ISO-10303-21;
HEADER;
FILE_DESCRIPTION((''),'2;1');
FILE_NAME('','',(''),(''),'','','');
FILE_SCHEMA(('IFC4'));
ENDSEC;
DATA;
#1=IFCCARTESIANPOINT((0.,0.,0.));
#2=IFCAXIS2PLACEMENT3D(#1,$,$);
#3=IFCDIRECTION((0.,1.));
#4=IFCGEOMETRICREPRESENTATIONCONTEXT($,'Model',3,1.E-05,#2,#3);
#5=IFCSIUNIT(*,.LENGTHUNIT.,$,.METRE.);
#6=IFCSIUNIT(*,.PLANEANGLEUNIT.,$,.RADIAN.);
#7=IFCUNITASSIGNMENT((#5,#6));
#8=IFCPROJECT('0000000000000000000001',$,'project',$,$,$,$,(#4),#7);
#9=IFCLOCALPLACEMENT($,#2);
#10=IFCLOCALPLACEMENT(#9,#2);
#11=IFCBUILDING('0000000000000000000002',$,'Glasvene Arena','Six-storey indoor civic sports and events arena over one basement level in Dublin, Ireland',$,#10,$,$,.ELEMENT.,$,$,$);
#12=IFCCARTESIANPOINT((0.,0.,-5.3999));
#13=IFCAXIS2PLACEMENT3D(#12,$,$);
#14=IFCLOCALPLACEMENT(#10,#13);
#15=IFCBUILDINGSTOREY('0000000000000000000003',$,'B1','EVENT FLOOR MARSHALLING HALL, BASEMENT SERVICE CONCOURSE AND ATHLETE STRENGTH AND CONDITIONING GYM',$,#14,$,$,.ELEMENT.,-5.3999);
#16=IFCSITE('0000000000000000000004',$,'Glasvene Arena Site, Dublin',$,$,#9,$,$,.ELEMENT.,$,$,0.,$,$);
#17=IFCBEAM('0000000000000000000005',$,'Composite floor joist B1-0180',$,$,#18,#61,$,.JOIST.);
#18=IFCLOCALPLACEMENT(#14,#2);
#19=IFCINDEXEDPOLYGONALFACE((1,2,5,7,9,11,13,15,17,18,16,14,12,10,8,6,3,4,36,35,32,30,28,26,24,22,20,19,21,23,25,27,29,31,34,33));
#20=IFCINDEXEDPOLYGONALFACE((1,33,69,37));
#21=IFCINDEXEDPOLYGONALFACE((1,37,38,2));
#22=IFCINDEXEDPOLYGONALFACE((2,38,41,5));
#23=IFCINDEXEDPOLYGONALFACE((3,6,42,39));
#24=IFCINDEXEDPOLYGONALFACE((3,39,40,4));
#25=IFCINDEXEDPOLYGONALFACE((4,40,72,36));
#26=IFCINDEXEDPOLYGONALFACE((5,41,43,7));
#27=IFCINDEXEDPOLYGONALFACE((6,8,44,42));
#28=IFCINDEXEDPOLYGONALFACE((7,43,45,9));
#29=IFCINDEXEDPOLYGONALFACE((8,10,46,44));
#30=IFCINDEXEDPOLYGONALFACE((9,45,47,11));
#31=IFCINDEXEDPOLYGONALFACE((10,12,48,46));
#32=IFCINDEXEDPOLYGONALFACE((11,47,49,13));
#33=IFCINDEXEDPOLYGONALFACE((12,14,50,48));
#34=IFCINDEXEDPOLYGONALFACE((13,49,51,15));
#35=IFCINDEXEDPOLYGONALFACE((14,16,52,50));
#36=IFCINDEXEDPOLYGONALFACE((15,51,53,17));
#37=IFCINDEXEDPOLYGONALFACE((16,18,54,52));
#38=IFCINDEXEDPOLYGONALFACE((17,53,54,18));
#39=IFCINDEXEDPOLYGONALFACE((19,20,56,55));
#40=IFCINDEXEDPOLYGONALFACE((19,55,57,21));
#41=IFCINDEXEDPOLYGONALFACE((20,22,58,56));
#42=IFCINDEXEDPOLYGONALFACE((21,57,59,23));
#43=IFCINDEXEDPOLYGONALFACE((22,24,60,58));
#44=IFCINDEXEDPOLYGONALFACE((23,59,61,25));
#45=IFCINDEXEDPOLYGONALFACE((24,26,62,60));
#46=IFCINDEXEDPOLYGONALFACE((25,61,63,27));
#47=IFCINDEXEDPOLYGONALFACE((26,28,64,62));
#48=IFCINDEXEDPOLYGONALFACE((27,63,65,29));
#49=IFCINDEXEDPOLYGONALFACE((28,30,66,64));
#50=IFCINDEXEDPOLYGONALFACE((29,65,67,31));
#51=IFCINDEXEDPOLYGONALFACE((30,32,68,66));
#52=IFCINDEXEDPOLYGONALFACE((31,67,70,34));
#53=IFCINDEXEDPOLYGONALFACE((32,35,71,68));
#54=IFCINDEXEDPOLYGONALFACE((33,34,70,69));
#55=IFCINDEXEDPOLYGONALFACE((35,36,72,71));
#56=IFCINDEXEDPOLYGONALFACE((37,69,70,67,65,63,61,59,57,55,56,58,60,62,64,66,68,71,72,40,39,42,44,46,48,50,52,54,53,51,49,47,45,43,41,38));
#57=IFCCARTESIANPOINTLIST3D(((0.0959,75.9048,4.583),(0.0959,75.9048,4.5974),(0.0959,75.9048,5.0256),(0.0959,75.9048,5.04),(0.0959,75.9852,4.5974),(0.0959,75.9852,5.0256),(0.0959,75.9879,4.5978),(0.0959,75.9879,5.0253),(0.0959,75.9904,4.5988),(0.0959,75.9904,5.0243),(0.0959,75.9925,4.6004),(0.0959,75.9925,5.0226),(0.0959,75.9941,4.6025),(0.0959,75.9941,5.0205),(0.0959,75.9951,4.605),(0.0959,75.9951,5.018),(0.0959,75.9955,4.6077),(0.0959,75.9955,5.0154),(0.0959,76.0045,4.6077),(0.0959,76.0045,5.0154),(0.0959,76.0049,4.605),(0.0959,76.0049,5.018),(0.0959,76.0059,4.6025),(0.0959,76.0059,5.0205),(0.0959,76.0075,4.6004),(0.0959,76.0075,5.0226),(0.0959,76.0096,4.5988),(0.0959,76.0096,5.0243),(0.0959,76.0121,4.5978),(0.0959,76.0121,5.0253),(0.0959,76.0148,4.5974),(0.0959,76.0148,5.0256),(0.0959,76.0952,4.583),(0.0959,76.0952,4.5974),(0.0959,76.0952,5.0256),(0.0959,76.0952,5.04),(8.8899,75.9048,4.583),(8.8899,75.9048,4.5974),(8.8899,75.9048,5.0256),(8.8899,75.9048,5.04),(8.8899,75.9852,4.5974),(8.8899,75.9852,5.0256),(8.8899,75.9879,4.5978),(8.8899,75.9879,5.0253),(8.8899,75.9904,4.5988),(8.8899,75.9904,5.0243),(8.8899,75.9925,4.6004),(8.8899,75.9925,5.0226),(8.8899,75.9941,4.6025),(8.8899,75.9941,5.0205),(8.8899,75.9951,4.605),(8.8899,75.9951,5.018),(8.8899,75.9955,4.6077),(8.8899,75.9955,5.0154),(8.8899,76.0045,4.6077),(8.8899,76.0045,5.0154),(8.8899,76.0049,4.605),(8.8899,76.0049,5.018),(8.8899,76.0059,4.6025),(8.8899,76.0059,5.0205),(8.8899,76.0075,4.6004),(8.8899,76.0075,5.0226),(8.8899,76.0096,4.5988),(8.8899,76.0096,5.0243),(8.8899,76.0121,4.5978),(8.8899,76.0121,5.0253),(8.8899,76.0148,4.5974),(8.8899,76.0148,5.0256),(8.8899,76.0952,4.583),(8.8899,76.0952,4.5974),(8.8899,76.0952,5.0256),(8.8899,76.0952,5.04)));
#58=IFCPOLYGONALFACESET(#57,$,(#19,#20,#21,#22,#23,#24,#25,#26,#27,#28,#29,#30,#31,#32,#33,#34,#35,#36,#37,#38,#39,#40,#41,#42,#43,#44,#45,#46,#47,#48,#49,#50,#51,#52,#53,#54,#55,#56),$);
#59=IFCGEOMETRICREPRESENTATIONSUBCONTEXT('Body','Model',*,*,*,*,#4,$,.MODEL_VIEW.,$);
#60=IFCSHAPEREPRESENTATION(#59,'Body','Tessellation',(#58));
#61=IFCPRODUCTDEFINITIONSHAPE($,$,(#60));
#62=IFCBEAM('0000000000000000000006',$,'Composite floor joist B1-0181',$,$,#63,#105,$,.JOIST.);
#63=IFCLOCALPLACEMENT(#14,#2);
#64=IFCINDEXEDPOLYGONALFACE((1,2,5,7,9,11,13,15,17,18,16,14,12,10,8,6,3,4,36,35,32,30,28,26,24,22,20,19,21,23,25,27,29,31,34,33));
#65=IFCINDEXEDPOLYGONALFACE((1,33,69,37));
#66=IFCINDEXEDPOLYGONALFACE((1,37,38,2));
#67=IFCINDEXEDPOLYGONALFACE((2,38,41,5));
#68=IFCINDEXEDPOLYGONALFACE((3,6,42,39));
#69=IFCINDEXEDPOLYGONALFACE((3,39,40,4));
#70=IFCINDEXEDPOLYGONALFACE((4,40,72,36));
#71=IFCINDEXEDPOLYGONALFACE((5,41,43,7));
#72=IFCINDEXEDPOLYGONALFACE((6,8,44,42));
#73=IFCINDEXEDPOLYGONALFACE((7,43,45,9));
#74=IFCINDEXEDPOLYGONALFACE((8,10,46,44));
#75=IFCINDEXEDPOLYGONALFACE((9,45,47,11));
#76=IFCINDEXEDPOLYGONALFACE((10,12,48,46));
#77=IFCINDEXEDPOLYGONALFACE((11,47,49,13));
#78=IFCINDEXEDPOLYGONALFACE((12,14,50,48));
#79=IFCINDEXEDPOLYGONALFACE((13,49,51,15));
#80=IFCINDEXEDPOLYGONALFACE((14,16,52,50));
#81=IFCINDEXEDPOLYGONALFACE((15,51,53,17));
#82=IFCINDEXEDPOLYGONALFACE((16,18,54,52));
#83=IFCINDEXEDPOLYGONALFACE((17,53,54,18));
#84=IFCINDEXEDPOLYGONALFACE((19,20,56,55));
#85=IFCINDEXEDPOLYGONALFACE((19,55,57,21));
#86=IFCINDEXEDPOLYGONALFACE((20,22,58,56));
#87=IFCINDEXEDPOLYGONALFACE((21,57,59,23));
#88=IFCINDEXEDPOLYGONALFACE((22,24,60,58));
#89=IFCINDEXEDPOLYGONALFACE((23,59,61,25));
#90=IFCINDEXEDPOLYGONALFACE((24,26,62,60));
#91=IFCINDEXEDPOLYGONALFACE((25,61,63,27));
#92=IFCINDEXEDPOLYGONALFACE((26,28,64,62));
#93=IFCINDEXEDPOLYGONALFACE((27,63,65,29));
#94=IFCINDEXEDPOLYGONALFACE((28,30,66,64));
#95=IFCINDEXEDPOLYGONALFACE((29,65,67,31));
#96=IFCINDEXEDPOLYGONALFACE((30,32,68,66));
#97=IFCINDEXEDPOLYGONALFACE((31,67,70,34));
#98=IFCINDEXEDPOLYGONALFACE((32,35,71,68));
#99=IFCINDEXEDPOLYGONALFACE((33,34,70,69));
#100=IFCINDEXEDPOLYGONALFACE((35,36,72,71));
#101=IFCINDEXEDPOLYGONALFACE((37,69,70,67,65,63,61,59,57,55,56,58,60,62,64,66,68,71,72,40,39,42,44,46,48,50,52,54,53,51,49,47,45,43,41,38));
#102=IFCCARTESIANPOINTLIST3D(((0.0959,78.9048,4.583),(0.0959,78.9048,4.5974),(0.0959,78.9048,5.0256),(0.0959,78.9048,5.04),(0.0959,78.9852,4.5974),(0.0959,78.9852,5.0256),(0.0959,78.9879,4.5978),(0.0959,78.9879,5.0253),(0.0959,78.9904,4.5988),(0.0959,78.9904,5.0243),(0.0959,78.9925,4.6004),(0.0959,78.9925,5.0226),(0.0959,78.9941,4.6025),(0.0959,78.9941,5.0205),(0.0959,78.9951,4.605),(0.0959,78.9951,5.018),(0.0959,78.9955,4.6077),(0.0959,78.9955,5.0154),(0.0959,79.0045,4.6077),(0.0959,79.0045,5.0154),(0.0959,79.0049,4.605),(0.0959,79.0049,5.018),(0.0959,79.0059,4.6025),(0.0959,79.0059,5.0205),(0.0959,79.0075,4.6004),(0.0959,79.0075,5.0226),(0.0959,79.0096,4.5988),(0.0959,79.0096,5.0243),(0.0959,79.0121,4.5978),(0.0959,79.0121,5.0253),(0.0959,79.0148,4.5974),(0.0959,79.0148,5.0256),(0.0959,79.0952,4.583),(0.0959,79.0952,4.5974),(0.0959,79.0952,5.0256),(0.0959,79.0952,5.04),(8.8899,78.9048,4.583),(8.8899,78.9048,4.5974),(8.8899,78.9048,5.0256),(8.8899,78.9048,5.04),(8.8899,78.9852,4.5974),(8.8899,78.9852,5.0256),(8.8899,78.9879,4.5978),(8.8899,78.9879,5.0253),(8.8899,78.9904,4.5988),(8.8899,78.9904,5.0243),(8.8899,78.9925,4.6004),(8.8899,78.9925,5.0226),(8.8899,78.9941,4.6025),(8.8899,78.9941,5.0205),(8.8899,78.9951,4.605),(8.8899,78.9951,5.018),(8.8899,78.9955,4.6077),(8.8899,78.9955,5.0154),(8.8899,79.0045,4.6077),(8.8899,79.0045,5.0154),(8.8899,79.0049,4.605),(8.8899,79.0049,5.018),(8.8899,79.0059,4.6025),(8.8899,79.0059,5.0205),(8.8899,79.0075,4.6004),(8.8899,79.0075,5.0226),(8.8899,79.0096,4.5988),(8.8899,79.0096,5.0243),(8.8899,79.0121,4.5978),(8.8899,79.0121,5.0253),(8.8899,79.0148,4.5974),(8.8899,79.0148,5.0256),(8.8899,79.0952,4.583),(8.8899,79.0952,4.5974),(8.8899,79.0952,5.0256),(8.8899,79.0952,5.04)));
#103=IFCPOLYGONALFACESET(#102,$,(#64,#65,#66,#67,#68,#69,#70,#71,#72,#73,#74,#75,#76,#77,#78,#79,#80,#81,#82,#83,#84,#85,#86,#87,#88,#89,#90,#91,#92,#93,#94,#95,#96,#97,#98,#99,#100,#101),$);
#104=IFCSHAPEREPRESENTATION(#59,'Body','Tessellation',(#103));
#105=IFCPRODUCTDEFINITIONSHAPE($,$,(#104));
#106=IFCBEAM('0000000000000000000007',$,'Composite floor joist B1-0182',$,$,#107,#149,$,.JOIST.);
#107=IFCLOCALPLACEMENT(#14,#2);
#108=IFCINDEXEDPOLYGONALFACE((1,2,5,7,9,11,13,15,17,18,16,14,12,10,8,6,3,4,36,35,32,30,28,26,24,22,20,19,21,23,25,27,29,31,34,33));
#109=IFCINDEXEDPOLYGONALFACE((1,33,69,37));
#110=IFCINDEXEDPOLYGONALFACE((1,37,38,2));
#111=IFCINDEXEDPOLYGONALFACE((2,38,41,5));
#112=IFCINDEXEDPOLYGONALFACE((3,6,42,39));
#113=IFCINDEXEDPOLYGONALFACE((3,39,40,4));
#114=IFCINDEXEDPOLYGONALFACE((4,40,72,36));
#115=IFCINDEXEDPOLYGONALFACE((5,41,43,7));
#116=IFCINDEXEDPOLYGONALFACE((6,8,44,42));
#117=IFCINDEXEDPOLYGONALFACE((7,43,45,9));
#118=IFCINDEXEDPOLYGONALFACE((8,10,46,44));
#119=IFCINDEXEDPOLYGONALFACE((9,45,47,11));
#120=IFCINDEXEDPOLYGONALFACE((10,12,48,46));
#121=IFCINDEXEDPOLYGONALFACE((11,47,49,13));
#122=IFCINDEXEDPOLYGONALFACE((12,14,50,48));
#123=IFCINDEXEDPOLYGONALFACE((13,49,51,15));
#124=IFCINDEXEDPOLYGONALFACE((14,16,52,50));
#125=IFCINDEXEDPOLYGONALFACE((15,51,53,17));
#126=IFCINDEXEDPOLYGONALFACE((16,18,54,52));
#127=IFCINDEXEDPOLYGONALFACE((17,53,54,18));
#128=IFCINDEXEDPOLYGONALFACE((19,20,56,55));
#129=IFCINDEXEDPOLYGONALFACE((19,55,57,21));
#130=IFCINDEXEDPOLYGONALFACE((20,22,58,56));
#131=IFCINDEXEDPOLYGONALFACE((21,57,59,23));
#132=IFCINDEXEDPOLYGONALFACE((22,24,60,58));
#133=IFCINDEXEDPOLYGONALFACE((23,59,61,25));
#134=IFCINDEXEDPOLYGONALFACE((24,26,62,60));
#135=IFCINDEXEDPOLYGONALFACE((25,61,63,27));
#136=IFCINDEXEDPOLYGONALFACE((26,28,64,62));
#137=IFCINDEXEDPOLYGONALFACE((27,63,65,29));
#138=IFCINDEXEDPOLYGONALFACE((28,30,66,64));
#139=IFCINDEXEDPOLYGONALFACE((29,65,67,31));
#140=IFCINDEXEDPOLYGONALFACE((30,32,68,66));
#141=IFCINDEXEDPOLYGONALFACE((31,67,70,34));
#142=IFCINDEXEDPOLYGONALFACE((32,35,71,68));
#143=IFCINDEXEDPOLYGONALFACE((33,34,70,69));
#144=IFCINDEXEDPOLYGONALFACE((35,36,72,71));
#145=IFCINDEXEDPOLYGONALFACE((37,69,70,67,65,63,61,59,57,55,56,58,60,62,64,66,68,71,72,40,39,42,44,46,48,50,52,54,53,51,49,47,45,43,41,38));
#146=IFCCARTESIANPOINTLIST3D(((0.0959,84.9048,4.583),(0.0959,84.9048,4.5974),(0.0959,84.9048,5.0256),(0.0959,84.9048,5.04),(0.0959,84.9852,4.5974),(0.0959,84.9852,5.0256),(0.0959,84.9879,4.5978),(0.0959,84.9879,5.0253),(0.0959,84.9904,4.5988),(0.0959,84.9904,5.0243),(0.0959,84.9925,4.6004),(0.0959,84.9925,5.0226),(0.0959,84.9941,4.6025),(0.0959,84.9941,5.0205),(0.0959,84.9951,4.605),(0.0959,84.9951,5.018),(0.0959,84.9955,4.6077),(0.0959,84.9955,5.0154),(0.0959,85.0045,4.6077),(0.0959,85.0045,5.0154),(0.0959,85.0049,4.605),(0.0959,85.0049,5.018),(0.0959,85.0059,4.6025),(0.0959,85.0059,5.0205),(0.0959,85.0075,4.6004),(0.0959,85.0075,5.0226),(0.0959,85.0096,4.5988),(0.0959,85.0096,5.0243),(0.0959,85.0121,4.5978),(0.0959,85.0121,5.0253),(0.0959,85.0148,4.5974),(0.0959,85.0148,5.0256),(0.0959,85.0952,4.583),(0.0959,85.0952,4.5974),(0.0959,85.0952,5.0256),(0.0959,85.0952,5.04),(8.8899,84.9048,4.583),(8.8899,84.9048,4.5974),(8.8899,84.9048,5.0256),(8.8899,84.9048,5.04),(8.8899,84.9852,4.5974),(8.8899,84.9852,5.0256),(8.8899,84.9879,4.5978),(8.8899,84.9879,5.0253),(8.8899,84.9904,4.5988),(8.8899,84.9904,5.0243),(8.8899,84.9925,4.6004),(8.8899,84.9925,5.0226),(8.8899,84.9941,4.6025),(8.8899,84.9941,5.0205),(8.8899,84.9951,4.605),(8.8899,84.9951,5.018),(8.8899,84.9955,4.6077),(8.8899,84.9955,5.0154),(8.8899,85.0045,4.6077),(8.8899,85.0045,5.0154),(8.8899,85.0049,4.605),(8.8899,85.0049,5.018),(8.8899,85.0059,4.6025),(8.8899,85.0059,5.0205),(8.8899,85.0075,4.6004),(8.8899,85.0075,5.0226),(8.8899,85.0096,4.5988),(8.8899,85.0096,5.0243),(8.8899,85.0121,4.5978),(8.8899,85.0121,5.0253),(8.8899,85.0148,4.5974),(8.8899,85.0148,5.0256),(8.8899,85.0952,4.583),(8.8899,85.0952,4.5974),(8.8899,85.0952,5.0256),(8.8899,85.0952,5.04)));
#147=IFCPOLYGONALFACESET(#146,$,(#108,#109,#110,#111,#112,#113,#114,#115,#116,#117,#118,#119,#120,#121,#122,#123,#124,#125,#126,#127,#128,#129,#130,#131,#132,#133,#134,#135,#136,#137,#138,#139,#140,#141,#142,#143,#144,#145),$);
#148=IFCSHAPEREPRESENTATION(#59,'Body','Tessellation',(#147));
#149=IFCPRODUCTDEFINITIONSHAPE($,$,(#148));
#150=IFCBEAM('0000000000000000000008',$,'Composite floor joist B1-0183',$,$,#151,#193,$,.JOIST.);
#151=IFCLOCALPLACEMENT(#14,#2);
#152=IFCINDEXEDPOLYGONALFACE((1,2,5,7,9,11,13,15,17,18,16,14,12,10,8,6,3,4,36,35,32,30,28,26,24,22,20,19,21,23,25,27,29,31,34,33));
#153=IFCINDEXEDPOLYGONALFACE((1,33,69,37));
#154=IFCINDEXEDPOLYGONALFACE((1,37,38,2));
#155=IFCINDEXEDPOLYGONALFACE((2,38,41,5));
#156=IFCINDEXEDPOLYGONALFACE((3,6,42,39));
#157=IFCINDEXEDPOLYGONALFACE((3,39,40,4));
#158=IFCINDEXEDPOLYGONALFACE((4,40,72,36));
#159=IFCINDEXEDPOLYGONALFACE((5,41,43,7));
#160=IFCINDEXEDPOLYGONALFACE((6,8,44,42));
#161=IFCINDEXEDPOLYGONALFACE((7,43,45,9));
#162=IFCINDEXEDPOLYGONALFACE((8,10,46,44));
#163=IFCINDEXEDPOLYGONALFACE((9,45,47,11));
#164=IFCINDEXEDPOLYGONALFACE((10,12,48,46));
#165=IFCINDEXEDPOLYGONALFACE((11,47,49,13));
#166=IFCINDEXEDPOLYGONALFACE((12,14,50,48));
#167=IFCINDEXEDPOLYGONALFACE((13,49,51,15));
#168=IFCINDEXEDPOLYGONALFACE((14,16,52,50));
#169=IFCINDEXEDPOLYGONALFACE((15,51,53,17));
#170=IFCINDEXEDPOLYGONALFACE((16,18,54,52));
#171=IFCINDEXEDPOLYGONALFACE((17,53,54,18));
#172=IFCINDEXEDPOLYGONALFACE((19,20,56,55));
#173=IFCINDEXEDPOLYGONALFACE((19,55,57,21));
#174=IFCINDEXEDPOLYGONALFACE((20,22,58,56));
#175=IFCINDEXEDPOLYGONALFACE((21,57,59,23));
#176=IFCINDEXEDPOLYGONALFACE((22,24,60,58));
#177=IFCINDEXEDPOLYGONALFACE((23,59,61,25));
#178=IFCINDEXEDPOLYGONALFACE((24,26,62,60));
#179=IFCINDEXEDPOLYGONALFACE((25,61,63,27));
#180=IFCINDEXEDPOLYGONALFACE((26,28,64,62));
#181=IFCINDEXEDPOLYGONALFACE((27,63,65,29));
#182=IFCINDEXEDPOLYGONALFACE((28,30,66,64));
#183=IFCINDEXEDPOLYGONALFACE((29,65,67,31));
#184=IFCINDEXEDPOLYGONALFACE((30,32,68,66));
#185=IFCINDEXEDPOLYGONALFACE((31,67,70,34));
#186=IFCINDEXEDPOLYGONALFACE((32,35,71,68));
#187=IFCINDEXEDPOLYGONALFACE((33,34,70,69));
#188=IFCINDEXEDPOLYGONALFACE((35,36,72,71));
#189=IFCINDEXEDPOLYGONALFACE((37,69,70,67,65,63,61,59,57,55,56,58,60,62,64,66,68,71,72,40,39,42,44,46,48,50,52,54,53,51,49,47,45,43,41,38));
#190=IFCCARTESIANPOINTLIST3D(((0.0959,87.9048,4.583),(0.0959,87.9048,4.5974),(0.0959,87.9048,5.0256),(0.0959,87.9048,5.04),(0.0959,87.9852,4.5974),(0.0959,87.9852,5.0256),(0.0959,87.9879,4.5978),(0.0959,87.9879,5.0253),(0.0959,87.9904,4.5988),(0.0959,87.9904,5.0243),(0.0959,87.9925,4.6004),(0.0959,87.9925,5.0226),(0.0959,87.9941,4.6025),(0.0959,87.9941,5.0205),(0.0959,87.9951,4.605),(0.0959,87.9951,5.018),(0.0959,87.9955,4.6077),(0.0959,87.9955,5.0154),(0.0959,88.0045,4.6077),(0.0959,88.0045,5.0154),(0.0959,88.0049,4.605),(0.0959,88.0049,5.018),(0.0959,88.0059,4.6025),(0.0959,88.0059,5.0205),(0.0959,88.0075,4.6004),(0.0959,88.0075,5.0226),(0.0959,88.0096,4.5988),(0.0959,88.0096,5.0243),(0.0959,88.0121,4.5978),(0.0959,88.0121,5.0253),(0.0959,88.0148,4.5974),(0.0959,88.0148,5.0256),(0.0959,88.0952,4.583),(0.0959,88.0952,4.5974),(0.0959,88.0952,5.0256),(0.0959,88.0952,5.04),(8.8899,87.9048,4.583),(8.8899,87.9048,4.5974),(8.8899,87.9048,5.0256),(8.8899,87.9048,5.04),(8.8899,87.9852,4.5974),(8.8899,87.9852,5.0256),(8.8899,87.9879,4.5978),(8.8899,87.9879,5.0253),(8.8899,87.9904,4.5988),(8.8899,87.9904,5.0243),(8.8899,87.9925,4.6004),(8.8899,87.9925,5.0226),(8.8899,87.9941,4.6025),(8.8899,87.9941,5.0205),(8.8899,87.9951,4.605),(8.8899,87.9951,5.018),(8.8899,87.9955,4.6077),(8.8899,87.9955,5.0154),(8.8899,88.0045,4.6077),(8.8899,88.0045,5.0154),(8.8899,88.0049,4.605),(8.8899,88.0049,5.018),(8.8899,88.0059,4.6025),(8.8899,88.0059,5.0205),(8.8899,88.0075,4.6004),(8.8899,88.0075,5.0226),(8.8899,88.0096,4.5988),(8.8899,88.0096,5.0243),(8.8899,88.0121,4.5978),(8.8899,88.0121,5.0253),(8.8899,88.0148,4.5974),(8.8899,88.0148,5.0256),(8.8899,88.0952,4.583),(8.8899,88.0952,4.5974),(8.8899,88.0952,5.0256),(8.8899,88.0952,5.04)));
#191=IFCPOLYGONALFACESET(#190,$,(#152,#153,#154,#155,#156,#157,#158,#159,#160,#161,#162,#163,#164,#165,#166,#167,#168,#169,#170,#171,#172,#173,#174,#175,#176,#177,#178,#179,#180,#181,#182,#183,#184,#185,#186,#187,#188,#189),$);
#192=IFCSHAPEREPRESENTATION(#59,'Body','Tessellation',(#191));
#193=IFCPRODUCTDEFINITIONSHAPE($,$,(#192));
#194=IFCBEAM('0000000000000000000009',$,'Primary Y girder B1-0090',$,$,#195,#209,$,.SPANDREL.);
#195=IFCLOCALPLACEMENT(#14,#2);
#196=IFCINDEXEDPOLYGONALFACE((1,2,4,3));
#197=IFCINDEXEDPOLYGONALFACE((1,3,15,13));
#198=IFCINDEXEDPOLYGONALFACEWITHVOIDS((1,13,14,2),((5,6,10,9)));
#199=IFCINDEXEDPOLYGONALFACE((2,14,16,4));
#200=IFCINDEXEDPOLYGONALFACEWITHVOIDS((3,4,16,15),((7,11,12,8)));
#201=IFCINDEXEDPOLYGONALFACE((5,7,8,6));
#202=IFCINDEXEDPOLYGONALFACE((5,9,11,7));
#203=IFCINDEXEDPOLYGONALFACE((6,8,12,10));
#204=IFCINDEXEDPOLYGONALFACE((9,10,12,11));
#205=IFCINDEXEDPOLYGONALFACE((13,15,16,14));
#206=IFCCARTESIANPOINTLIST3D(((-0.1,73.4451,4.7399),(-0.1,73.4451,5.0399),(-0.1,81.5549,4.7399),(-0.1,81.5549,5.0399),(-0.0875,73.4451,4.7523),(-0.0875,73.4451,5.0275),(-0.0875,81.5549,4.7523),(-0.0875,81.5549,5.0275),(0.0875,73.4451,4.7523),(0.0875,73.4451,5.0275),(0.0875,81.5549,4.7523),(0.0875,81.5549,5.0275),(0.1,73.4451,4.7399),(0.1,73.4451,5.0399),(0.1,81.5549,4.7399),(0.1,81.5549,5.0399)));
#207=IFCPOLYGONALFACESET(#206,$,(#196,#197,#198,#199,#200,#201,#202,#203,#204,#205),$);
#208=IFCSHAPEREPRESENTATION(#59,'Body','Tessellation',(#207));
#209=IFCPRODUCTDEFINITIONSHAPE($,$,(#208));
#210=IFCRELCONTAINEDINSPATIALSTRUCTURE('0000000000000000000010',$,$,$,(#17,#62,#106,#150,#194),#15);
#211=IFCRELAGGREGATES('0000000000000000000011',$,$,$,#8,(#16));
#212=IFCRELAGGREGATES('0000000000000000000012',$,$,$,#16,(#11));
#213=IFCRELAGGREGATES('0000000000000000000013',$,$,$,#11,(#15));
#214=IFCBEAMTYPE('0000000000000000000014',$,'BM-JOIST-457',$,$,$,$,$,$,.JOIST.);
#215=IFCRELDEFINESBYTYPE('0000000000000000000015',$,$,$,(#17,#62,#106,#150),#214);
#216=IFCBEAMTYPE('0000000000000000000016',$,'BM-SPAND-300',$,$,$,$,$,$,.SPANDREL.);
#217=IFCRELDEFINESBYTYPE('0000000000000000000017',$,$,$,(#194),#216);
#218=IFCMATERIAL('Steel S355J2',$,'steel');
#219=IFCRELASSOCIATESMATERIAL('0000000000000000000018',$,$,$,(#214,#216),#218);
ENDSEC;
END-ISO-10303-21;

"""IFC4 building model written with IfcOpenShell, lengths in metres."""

from ifc_helpers import new_model, si_unit, direction, frame, origin, origin_2d, place, context, subcontext, project, spatial, hollow_rectangle, i_section, extrude, material, material_profile, profile_set, type_object, element, save


model = new_model("IFC4")

# Units and contexts
model_context = context("Model", 3, precision=1e-05, world=origin(), true_north=direction((0.0, 1.0)))
body_context = subcontext(model_context, "Body", "Model", "MODEL_VIEW")
ifc_project = project(units=[si_unit("LENGTHUNIT", "METRE"), si_unit("PLANEANGLEUNIT", "RADIAN")], contexts=[model_context])

# Site, building, storey
site_placement = place(None, origin())
site = spatial("IfcSite", under=ifc_project, at=site_placement, Name="Glasvene Arena Site, Dublin", CompositionType="ELEMENT", RefElevation=0.0)
building_placement = place(site_placement, origin())
building = spatial("IfcBuilding", under=site, at=building_placement, Name="Glasvene Arena", Description="Six-storey indoor civic sports and events arena over one basement level in Dublin, Ireland", CompositionType="ELEMENT")
storey_placement = place(building_placement, frame((0.0, 0.0, -5.3999)))
storey = spatial("IfcBuildingStorey", under=building, at=storey_placement, Name="B1", Description="EVENT FLOOR MARSHALLING HALL, BASEMENT SERVICE CONCOURSE AND ATHLETE STRENGTH AND CONDITIONING GYM", CompositionType="ELEMENT", Elevation=-5.3999)

# Beams
ifc_material_1 = material(Name="Steel S355J2", Category="steel")
ifc_material_profile_1 = material_profile(ifc_material_1, i_section(OverallWidth=0.1904, OverallDepth=0.457, WebThickness=0.009, FlangeThickness=0.0144, FilletRadius=0.0103, at=origin_2d()), Name="UKB 457x191x74")
ifc_profile_set_1 = profile_set([ifc_material_profile_1], Name="Steel S355J2")
beam_type_1 = type_object("IfcBeamType", Name="BM-JOIST-457", PredefinedType="JOIST", material=ifc_profile_set_1)
for number, where, z_axis, x_axis, name in (
    (1, (0.0959, 76.0, 4.8115), (1.0, 0.0, 0.0), (0.0, 1.0, 0.0), "Composite floor joist B1-0180"),
    (2, (0.0959, 79.0, 4.8115), (1.0, 0.0, 0.0), (0.0, 1.0, 0.0), "Composite floor joist B1-0181"),
    (3, (0.0959, 85.0, 4.8115), (1.0, 0.0, 0.0), (0.0, 1.0, 0.0), "Composite floor joist B1-0182"),
    (4, (0.0959, 88.0, 4.8115), (1.0, 0.0, 0.0), (0.0, 1.0, 0.0), "Composite floor joist B1-0183"),
):
    element("IfcBeam", number, at=place(storey_placement, frame(where, z_axis=z_axis, x_axis=x_axis)), inside=storey, type_object=beam_type_1, Name=name, PredefinedType="JOIST", context=body_context, shape_type="SweptSolid", body=[
        extrude(i_section(OverallWidth=0.1904, OverallDepth=0.457, WebThickness=0.009, FlangeThickness=0.0144, FilletRadius=0.0103, at=origin_2d()), origin(), (0.0, 0.0, 1.0), 8.7939),
    ])
ifc_material_profile_2 = material_profile(ifc_material_1, hollow_rectangle(XDim=0.2, YDim=0.3, WallThickness=0.0125, at=origin_2d()), Name="RHS 300x200x12.5")
ifc_profile_set_2 = profile_set([ifc_material_profile_2], Name="Steel S355J2")
beam_type_2 = type_object("IfcBeamType", Name="BM-SPAND-300", PredefinedType="SPANDREL", material=ifc_profile_set_2)
for number, where, z_axis, x_axis, name in (
    (5, (0.0, 73.4451, 4.8899), (0.0, 1.0, 0.0), (-1.0, 0.0, 0.0), "Primary Y girder B1-0090"),
):
    element("IfcBeam", number, at=place(storey_placement, frame(where, z_axis=z_axis, x_axis=x_axis)), inside=storey, type_object=beam_type_2, Name=name, PredefinedType="SPANDREL", context=body_context, shape_type="SweptSolid", body=[
        extrude(hollow_rectangle(XDim=0.2, YDim=0.3, WallThickness=0.0125, at=origin_2d()), origin(), (0.0, 0.0, 1.0), 8.1099),
    ])

save(model, "model.ifc")
